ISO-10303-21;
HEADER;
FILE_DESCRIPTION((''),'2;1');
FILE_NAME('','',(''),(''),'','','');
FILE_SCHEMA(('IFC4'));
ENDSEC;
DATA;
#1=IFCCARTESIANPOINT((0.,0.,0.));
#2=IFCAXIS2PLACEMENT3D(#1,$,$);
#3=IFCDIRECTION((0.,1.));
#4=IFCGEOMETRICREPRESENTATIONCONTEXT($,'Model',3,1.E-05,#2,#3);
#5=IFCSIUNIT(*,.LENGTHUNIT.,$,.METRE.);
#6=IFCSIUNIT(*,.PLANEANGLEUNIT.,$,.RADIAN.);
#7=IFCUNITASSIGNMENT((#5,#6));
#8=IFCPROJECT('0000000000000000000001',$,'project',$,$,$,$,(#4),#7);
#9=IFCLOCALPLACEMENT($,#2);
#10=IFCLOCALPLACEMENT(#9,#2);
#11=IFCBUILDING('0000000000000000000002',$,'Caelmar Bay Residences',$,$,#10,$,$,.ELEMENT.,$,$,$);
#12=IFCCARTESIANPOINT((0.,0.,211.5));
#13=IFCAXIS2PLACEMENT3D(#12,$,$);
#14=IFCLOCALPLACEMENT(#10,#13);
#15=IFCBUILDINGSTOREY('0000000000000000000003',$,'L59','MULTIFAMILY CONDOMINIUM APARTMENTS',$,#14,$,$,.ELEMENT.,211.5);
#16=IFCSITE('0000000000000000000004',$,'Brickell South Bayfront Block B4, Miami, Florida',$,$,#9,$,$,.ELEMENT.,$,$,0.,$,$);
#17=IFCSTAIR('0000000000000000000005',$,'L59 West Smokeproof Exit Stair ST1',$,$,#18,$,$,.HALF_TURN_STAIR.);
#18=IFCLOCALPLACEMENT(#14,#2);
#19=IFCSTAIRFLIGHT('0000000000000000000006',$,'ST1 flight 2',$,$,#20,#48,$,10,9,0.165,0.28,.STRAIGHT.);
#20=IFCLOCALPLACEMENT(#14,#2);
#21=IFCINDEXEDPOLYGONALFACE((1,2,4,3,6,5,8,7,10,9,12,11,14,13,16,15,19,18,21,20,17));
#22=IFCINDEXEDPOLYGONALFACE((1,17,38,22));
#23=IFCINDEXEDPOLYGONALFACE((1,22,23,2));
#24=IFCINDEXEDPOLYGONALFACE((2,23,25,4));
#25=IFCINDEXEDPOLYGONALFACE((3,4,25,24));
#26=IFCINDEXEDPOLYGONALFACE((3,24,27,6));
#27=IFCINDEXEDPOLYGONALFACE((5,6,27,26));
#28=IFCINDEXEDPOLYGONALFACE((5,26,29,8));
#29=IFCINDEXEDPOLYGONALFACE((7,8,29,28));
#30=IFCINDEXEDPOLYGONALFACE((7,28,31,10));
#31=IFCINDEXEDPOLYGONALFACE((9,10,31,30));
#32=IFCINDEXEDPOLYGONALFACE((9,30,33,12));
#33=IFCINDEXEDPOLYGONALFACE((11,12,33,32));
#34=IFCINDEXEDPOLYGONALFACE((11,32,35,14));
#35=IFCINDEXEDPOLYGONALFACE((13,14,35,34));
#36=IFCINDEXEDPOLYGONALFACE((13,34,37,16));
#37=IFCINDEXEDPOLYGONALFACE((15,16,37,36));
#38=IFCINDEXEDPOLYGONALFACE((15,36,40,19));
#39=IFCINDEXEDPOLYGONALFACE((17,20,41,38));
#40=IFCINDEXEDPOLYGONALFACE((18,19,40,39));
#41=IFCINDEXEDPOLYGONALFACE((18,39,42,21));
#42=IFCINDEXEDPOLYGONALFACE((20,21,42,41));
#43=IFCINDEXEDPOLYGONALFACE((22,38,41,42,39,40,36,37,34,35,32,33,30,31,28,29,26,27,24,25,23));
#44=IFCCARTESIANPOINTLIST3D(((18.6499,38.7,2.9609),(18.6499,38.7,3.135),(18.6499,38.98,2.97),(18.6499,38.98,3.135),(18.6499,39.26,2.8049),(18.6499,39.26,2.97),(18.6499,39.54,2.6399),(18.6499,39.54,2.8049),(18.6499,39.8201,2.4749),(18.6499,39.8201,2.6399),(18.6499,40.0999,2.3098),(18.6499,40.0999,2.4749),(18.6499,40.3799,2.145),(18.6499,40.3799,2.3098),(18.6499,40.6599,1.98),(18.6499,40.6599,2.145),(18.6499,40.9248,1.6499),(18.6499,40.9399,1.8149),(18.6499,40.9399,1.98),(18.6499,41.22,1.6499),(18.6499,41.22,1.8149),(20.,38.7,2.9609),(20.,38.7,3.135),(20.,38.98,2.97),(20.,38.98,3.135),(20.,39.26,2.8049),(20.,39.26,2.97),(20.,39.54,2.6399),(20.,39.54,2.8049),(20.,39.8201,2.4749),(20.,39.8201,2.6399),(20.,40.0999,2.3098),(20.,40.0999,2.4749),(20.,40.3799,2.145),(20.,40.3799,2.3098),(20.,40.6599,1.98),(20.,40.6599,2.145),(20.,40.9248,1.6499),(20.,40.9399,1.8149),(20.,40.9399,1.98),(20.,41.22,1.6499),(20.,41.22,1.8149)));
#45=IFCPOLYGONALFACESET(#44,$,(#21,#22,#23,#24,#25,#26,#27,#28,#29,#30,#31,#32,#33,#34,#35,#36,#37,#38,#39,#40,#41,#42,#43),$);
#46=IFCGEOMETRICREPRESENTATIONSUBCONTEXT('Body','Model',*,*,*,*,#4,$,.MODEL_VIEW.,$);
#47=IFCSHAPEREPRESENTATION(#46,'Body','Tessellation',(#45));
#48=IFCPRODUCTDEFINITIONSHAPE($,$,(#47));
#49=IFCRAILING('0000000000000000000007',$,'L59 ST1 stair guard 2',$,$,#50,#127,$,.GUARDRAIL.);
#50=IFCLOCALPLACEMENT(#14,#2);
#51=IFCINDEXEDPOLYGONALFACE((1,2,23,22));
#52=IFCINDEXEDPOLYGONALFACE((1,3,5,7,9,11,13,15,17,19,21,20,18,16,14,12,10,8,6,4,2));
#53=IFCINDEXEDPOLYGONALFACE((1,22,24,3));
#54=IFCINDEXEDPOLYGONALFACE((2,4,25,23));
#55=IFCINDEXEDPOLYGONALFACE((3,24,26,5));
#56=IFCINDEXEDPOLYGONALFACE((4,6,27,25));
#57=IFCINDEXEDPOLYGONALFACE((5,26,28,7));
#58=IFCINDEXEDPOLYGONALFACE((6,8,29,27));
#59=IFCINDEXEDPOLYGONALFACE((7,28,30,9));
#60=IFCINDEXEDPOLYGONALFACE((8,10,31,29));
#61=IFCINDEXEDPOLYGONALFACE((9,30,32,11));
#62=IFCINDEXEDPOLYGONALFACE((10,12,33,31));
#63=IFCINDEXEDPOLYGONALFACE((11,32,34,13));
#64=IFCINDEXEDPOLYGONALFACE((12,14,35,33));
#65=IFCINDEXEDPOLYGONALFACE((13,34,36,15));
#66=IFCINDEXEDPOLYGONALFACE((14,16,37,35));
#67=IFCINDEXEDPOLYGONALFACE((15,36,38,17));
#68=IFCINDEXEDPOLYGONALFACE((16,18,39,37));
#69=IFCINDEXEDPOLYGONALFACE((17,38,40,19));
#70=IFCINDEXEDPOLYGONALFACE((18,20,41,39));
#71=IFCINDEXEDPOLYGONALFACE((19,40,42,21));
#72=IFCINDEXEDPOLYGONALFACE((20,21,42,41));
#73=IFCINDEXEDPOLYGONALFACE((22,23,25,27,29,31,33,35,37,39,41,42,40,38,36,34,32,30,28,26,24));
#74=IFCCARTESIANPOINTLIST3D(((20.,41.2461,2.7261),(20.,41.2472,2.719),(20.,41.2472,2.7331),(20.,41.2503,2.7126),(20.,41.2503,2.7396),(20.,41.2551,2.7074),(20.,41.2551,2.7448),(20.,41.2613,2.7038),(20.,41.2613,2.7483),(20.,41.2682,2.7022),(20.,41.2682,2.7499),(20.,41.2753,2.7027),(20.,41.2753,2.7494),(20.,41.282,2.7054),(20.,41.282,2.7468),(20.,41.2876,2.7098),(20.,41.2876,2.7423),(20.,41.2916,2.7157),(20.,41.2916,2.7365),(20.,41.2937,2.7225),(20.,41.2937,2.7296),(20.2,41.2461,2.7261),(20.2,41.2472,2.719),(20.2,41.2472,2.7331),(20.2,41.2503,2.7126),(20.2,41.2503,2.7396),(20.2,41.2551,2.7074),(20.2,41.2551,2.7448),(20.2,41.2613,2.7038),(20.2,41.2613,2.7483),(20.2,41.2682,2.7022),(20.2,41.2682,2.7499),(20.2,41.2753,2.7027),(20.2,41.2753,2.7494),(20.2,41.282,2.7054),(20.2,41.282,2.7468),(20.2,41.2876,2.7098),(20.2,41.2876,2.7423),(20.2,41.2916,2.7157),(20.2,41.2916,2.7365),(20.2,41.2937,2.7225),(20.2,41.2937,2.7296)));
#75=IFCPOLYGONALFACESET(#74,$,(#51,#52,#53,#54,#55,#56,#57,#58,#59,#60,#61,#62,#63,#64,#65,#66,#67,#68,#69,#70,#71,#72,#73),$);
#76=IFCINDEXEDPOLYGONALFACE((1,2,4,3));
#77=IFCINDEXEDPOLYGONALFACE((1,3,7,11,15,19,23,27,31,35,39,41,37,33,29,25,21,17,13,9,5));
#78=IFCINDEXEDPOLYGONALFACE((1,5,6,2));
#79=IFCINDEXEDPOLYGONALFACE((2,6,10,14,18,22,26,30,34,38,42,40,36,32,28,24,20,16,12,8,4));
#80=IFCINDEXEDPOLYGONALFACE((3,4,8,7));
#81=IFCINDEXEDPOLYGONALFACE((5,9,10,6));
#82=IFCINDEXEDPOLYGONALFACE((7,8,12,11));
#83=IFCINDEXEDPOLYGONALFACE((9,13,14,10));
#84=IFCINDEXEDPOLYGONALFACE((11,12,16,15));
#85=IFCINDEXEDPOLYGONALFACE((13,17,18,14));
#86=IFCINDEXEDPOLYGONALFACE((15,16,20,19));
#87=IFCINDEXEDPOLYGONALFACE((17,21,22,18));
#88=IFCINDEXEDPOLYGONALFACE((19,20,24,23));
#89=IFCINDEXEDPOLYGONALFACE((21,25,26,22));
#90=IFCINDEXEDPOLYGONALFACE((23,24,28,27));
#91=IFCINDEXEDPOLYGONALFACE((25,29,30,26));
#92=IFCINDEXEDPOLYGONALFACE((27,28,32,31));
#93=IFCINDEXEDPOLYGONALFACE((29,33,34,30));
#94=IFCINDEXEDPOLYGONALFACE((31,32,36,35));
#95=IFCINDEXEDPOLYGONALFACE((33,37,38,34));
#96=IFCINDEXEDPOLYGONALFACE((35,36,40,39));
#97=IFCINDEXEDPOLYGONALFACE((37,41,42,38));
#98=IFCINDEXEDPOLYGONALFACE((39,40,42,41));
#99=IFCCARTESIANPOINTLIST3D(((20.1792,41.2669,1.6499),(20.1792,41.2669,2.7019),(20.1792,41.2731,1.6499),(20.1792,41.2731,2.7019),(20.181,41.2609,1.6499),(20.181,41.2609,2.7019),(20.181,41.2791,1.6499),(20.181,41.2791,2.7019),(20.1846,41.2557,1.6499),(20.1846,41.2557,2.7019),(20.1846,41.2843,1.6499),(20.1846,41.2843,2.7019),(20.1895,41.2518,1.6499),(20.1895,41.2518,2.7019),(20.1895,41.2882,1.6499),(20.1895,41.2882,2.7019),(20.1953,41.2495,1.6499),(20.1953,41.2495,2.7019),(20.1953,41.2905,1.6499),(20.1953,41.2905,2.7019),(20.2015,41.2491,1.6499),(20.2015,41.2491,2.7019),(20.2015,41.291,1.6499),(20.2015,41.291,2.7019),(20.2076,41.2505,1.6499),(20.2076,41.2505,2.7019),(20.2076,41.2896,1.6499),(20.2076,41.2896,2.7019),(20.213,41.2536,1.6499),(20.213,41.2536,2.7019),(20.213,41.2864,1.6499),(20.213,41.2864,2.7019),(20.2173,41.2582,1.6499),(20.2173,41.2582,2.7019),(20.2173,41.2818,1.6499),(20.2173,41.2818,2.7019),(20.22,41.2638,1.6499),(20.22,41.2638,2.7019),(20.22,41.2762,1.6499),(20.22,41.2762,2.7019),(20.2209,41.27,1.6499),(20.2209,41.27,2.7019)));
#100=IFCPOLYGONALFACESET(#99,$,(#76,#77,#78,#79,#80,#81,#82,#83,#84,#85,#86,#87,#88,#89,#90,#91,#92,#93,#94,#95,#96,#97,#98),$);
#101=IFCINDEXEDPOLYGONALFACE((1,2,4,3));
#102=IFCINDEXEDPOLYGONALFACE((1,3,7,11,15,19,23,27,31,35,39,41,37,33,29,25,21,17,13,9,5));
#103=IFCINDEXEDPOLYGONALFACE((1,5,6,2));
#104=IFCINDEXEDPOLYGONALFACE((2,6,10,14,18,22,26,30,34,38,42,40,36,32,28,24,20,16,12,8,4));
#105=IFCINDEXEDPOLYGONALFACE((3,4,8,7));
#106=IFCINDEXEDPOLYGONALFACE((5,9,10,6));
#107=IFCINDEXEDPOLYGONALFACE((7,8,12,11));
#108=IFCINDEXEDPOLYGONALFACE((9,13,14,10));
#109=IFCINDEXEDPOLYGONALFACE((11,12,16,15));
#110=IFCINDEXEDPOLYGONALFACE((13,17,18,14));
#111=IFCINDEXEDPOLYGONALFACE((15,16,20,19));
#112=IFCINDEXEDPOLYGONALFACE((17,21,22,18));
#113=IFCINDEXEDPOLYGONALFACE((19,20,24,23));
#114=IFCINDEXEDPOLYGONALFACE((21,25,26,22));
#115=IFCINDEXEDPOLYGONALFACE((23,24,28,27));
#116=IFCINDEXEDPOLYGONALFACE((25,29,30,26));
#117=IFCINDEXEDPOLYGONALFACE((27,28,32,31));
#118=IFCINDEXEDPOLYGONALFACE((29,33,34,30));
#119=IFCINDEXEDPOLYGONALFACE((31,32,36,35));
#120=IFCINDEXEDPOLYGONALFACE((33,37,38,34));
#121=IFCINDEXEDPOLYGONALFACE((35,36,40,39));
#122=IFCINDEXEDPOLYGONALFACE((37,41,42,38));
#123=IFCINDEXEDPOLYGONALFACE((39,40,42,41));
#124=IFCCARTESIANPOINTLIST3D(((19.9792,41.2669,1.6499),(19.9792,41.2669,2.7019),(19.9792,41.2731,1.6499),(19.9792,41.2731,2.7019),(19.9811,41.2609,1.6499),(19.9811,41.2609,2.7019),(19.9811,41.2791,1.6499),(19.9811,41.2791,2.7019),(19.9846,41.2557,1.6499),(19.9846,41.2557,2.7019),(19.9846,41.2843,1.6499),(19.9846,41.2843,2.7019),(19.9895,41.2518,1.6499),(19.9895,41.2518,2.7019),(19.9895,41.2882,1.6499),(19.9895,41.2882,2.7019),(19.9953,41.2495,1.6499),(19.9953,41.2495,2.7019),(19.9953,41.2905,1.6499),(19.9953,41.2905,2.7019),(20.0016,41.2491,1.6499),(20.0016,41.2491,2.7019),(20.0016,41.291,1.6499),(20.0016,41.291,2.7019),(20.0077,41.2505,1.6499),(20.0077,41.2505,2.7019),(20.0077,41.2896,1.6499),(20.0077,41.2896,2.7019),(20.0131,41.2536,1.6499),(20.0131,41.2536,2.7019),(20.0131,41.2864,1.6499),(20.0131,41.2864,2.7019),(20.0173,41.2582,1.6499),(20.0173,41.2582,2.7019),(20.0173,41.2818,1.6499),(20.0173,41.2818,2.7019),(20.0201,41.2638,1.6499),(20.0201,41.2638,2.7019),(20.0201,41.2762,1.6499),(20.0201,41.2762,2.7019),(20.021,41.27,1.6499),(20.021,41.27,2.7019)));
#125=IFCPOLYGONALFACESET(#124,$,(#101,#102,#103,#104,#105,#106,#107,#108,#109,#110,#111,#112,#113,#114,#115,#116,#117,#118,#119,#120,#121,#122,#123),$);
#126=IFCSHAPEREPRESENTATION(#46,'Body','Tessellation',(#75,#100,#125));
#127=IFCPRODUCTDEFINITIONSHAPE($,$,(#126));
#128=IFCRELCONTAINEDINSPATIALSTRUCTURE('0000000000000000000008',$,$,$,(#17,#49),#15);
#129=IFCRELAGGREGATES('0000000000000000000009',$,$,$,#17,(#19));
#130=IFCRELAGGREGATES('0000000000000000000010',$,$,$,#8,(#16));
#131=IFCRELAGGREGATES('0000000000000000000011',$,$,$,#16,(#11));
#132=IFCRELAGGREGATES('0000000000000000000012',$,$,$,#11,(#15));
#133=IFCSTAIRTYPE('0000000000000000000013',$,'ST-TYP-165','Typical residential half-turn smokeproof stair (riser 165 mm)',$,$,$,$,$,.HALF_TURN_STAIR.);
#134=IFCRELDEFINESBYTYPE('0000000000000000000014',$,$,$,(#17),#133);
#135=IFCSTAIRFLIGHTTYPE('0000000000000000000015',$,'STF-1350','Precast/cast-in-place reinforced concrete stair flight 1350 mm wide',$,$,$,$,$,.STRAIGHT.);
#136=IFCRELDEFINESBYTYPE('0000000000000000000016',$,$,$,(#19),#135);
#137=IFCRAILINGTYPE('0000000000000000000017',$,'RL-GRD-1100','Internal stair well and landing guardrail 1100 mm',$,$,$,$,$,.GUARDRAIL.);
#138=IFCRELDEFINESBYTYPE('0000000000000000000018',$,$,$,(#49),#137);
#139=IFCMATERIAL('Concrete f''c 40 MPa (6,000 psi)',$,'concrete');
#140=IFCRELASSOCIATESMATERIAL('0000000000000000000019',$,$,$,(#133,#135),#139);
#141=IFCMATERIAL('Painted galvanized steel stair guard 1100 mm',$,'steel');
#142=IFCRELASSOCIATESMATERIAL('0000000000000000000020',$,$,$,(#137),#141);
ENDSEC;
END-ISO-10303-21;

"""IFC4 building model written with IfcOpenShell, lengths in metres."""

from ifc_helpers import new_model, si_unit, direction, frame, origin, origin_2d, place, context, subcontext, project, spatial, polyline, circle, outline, extrude, material, type_object, element, aggregate, save


model = new_model("IFC4")

# Units and contexts
model_context = context("Model", 3, precision=1e-05, world=origin(), true_north=direction((0.0, 1.0)))
body_context = subcontext(model_context, "Body", "Model", "MODEL_VIEW")
ifc_project = project(units=[si_unit("LENGTHUNIT", "METRE"), si_unit("PLANEANGLEUNIT", "RADIAN")], contexts=[model_context])

# Site, building, storey
site_placement = place(None, origin())
site = spatial("IfcSite", under=ifc_project, at=site_placement, Name="Brickell South Bayfront Block B4, Miami, Florida", CompositionType="ELEMENT", RefElevation=0.0)
building_placement = place(site_placement, origin())
building = spatial("IfcBuilding", under=site, at=building_placement, Name="Caelmar Bay Residences", CompositionType="ELEMENT")
storey_placement = place(building_placement, frame((0.0, 0.0, 211.5)))
storey = spatial("IfcBuildingStorey", under=building, at=storey_placement, Name="L59", Description="MULTIFAMILY CONDOMINIUM APARTMENTS", CompositionType="ELEMENT", Elevation=211.5)

# Stair, stair flight
ifc_material_1 = material(Name="Concrete f'c 40 MPa (6,000 psi)", Category="concrete")
stair_type = type_object("IfcStairType", Name="ST-TYP-165", Description="Typical residential half-turn smokeproof stair (riser 165 mm)", PredefinedType="HALF_TURN_STAIR", material=ifc_material_1)
stair_placement = place(storey_placement, origin())
stair = element("IfcStair", 1, at=stair_placement, inside=storey, type_object=stair_type, Name="L59 West Smokeproof Exit Stair ST1", PredefinedType="HALF_TURN_STAIR")
stair_flight_type = type_object("IfcStairFlightType", Name="STF-1350", Description="Precast/cast-in-place reinforced concrete stair flight 1350 mm wide", PredefinedType="STRAIGHT", material=ifc_material_1)
stair_flight_1_placement = place(storey_placement, frame((19.325, 41.22, 1.6499), z_axis=(0.0, 0.0, 1.0), x_axis=(0.0, -1.0, 0.0)))
stair_flight_1 = element("IfcStairFlight", 2, at=stair_flight_1_placement, type_object=stair_flight_type, Name="ST1 flight 2", NumberOfRisers=10, NumberOfTreads=9, PredefinedType="STRAIGHT", RiserHeight=0.165, TreadLength=0.28, context=body_context, shape_type="SweptSolid", body=[
    extrude(outline(polyline([(0.0, 0.0), (0.0, 0.165), (0.28, 0.165), (0.28, 0.3301), (0.5601, 0.3301), (0.5601, 0.4951), (0.8401, 0.4951), (0.8401, 0.6599), (1.1201, 0.6599), (1.1201, 0.825), (1.3999, 0.825), (1.3999, 0.99), (1.6799, 0.99), (1.6799, 1.155), (1.96, 1.155), (1.96, 1.3201), (2.24, 1.3201), (2.24, 1.4851), (2.52, 1.4851), (2.52, 1.6499), (2.52, 1.311), (0.2952, 0.0), (0.0, 0.0)])), frame((0.0, 0.675, 0.0), z_axis=(0.0, -1.0, 0.0), x_axis=(1.0, 0.0, 0.0)), (0.0, 0.0, 1.0), 1.3501),
])
aggregate(stair, [stair_flight_1])

# Railing
ifc_material_2 = material(Name="Painted galvanized steel stair guard 1100 mm", Category="steel")
railing_type_1 = type_object("IfcRailingType", Name="RL-GRD-1100", Description="Internal stair well and landing guardrail 1100 mm", PredefinedType="GUARDRAIL", material=ifc_material_2)
railing_1_placement = place(storey_placement, frame((20.2, 41.27, 1.6499)))
element("IfcRailing", 3, at=railing_1_placement, inside=storey, type_object=railing_type_1, Name="L59 ST1 stair guard 2", PredefinedType="GUARDRAIL", context=body_context, shape_type="SweptSolid", body=[
    extrude(circle(Radius=0.0239, at=origin_2d()), frame((0.0, 0.0, 1.0762), z_axis=(-1.0, 0.0, 0.0), x_axis=(0.0, -1.0, 0.0)), (0.0, 0.0, 1.0), 0.2),
    extrude(circle(Radius=0.021, at=origin_2d()), origin(), (0.0, 0.0, 1.0), 1.052),
    extrude(circle(Radius=0.021, at=origin_2d()), frame((-0.2, 0.0, 0.0)), (0.0, 0.0, 1.0), 1.052),
])

save(model, "model.ifc")
